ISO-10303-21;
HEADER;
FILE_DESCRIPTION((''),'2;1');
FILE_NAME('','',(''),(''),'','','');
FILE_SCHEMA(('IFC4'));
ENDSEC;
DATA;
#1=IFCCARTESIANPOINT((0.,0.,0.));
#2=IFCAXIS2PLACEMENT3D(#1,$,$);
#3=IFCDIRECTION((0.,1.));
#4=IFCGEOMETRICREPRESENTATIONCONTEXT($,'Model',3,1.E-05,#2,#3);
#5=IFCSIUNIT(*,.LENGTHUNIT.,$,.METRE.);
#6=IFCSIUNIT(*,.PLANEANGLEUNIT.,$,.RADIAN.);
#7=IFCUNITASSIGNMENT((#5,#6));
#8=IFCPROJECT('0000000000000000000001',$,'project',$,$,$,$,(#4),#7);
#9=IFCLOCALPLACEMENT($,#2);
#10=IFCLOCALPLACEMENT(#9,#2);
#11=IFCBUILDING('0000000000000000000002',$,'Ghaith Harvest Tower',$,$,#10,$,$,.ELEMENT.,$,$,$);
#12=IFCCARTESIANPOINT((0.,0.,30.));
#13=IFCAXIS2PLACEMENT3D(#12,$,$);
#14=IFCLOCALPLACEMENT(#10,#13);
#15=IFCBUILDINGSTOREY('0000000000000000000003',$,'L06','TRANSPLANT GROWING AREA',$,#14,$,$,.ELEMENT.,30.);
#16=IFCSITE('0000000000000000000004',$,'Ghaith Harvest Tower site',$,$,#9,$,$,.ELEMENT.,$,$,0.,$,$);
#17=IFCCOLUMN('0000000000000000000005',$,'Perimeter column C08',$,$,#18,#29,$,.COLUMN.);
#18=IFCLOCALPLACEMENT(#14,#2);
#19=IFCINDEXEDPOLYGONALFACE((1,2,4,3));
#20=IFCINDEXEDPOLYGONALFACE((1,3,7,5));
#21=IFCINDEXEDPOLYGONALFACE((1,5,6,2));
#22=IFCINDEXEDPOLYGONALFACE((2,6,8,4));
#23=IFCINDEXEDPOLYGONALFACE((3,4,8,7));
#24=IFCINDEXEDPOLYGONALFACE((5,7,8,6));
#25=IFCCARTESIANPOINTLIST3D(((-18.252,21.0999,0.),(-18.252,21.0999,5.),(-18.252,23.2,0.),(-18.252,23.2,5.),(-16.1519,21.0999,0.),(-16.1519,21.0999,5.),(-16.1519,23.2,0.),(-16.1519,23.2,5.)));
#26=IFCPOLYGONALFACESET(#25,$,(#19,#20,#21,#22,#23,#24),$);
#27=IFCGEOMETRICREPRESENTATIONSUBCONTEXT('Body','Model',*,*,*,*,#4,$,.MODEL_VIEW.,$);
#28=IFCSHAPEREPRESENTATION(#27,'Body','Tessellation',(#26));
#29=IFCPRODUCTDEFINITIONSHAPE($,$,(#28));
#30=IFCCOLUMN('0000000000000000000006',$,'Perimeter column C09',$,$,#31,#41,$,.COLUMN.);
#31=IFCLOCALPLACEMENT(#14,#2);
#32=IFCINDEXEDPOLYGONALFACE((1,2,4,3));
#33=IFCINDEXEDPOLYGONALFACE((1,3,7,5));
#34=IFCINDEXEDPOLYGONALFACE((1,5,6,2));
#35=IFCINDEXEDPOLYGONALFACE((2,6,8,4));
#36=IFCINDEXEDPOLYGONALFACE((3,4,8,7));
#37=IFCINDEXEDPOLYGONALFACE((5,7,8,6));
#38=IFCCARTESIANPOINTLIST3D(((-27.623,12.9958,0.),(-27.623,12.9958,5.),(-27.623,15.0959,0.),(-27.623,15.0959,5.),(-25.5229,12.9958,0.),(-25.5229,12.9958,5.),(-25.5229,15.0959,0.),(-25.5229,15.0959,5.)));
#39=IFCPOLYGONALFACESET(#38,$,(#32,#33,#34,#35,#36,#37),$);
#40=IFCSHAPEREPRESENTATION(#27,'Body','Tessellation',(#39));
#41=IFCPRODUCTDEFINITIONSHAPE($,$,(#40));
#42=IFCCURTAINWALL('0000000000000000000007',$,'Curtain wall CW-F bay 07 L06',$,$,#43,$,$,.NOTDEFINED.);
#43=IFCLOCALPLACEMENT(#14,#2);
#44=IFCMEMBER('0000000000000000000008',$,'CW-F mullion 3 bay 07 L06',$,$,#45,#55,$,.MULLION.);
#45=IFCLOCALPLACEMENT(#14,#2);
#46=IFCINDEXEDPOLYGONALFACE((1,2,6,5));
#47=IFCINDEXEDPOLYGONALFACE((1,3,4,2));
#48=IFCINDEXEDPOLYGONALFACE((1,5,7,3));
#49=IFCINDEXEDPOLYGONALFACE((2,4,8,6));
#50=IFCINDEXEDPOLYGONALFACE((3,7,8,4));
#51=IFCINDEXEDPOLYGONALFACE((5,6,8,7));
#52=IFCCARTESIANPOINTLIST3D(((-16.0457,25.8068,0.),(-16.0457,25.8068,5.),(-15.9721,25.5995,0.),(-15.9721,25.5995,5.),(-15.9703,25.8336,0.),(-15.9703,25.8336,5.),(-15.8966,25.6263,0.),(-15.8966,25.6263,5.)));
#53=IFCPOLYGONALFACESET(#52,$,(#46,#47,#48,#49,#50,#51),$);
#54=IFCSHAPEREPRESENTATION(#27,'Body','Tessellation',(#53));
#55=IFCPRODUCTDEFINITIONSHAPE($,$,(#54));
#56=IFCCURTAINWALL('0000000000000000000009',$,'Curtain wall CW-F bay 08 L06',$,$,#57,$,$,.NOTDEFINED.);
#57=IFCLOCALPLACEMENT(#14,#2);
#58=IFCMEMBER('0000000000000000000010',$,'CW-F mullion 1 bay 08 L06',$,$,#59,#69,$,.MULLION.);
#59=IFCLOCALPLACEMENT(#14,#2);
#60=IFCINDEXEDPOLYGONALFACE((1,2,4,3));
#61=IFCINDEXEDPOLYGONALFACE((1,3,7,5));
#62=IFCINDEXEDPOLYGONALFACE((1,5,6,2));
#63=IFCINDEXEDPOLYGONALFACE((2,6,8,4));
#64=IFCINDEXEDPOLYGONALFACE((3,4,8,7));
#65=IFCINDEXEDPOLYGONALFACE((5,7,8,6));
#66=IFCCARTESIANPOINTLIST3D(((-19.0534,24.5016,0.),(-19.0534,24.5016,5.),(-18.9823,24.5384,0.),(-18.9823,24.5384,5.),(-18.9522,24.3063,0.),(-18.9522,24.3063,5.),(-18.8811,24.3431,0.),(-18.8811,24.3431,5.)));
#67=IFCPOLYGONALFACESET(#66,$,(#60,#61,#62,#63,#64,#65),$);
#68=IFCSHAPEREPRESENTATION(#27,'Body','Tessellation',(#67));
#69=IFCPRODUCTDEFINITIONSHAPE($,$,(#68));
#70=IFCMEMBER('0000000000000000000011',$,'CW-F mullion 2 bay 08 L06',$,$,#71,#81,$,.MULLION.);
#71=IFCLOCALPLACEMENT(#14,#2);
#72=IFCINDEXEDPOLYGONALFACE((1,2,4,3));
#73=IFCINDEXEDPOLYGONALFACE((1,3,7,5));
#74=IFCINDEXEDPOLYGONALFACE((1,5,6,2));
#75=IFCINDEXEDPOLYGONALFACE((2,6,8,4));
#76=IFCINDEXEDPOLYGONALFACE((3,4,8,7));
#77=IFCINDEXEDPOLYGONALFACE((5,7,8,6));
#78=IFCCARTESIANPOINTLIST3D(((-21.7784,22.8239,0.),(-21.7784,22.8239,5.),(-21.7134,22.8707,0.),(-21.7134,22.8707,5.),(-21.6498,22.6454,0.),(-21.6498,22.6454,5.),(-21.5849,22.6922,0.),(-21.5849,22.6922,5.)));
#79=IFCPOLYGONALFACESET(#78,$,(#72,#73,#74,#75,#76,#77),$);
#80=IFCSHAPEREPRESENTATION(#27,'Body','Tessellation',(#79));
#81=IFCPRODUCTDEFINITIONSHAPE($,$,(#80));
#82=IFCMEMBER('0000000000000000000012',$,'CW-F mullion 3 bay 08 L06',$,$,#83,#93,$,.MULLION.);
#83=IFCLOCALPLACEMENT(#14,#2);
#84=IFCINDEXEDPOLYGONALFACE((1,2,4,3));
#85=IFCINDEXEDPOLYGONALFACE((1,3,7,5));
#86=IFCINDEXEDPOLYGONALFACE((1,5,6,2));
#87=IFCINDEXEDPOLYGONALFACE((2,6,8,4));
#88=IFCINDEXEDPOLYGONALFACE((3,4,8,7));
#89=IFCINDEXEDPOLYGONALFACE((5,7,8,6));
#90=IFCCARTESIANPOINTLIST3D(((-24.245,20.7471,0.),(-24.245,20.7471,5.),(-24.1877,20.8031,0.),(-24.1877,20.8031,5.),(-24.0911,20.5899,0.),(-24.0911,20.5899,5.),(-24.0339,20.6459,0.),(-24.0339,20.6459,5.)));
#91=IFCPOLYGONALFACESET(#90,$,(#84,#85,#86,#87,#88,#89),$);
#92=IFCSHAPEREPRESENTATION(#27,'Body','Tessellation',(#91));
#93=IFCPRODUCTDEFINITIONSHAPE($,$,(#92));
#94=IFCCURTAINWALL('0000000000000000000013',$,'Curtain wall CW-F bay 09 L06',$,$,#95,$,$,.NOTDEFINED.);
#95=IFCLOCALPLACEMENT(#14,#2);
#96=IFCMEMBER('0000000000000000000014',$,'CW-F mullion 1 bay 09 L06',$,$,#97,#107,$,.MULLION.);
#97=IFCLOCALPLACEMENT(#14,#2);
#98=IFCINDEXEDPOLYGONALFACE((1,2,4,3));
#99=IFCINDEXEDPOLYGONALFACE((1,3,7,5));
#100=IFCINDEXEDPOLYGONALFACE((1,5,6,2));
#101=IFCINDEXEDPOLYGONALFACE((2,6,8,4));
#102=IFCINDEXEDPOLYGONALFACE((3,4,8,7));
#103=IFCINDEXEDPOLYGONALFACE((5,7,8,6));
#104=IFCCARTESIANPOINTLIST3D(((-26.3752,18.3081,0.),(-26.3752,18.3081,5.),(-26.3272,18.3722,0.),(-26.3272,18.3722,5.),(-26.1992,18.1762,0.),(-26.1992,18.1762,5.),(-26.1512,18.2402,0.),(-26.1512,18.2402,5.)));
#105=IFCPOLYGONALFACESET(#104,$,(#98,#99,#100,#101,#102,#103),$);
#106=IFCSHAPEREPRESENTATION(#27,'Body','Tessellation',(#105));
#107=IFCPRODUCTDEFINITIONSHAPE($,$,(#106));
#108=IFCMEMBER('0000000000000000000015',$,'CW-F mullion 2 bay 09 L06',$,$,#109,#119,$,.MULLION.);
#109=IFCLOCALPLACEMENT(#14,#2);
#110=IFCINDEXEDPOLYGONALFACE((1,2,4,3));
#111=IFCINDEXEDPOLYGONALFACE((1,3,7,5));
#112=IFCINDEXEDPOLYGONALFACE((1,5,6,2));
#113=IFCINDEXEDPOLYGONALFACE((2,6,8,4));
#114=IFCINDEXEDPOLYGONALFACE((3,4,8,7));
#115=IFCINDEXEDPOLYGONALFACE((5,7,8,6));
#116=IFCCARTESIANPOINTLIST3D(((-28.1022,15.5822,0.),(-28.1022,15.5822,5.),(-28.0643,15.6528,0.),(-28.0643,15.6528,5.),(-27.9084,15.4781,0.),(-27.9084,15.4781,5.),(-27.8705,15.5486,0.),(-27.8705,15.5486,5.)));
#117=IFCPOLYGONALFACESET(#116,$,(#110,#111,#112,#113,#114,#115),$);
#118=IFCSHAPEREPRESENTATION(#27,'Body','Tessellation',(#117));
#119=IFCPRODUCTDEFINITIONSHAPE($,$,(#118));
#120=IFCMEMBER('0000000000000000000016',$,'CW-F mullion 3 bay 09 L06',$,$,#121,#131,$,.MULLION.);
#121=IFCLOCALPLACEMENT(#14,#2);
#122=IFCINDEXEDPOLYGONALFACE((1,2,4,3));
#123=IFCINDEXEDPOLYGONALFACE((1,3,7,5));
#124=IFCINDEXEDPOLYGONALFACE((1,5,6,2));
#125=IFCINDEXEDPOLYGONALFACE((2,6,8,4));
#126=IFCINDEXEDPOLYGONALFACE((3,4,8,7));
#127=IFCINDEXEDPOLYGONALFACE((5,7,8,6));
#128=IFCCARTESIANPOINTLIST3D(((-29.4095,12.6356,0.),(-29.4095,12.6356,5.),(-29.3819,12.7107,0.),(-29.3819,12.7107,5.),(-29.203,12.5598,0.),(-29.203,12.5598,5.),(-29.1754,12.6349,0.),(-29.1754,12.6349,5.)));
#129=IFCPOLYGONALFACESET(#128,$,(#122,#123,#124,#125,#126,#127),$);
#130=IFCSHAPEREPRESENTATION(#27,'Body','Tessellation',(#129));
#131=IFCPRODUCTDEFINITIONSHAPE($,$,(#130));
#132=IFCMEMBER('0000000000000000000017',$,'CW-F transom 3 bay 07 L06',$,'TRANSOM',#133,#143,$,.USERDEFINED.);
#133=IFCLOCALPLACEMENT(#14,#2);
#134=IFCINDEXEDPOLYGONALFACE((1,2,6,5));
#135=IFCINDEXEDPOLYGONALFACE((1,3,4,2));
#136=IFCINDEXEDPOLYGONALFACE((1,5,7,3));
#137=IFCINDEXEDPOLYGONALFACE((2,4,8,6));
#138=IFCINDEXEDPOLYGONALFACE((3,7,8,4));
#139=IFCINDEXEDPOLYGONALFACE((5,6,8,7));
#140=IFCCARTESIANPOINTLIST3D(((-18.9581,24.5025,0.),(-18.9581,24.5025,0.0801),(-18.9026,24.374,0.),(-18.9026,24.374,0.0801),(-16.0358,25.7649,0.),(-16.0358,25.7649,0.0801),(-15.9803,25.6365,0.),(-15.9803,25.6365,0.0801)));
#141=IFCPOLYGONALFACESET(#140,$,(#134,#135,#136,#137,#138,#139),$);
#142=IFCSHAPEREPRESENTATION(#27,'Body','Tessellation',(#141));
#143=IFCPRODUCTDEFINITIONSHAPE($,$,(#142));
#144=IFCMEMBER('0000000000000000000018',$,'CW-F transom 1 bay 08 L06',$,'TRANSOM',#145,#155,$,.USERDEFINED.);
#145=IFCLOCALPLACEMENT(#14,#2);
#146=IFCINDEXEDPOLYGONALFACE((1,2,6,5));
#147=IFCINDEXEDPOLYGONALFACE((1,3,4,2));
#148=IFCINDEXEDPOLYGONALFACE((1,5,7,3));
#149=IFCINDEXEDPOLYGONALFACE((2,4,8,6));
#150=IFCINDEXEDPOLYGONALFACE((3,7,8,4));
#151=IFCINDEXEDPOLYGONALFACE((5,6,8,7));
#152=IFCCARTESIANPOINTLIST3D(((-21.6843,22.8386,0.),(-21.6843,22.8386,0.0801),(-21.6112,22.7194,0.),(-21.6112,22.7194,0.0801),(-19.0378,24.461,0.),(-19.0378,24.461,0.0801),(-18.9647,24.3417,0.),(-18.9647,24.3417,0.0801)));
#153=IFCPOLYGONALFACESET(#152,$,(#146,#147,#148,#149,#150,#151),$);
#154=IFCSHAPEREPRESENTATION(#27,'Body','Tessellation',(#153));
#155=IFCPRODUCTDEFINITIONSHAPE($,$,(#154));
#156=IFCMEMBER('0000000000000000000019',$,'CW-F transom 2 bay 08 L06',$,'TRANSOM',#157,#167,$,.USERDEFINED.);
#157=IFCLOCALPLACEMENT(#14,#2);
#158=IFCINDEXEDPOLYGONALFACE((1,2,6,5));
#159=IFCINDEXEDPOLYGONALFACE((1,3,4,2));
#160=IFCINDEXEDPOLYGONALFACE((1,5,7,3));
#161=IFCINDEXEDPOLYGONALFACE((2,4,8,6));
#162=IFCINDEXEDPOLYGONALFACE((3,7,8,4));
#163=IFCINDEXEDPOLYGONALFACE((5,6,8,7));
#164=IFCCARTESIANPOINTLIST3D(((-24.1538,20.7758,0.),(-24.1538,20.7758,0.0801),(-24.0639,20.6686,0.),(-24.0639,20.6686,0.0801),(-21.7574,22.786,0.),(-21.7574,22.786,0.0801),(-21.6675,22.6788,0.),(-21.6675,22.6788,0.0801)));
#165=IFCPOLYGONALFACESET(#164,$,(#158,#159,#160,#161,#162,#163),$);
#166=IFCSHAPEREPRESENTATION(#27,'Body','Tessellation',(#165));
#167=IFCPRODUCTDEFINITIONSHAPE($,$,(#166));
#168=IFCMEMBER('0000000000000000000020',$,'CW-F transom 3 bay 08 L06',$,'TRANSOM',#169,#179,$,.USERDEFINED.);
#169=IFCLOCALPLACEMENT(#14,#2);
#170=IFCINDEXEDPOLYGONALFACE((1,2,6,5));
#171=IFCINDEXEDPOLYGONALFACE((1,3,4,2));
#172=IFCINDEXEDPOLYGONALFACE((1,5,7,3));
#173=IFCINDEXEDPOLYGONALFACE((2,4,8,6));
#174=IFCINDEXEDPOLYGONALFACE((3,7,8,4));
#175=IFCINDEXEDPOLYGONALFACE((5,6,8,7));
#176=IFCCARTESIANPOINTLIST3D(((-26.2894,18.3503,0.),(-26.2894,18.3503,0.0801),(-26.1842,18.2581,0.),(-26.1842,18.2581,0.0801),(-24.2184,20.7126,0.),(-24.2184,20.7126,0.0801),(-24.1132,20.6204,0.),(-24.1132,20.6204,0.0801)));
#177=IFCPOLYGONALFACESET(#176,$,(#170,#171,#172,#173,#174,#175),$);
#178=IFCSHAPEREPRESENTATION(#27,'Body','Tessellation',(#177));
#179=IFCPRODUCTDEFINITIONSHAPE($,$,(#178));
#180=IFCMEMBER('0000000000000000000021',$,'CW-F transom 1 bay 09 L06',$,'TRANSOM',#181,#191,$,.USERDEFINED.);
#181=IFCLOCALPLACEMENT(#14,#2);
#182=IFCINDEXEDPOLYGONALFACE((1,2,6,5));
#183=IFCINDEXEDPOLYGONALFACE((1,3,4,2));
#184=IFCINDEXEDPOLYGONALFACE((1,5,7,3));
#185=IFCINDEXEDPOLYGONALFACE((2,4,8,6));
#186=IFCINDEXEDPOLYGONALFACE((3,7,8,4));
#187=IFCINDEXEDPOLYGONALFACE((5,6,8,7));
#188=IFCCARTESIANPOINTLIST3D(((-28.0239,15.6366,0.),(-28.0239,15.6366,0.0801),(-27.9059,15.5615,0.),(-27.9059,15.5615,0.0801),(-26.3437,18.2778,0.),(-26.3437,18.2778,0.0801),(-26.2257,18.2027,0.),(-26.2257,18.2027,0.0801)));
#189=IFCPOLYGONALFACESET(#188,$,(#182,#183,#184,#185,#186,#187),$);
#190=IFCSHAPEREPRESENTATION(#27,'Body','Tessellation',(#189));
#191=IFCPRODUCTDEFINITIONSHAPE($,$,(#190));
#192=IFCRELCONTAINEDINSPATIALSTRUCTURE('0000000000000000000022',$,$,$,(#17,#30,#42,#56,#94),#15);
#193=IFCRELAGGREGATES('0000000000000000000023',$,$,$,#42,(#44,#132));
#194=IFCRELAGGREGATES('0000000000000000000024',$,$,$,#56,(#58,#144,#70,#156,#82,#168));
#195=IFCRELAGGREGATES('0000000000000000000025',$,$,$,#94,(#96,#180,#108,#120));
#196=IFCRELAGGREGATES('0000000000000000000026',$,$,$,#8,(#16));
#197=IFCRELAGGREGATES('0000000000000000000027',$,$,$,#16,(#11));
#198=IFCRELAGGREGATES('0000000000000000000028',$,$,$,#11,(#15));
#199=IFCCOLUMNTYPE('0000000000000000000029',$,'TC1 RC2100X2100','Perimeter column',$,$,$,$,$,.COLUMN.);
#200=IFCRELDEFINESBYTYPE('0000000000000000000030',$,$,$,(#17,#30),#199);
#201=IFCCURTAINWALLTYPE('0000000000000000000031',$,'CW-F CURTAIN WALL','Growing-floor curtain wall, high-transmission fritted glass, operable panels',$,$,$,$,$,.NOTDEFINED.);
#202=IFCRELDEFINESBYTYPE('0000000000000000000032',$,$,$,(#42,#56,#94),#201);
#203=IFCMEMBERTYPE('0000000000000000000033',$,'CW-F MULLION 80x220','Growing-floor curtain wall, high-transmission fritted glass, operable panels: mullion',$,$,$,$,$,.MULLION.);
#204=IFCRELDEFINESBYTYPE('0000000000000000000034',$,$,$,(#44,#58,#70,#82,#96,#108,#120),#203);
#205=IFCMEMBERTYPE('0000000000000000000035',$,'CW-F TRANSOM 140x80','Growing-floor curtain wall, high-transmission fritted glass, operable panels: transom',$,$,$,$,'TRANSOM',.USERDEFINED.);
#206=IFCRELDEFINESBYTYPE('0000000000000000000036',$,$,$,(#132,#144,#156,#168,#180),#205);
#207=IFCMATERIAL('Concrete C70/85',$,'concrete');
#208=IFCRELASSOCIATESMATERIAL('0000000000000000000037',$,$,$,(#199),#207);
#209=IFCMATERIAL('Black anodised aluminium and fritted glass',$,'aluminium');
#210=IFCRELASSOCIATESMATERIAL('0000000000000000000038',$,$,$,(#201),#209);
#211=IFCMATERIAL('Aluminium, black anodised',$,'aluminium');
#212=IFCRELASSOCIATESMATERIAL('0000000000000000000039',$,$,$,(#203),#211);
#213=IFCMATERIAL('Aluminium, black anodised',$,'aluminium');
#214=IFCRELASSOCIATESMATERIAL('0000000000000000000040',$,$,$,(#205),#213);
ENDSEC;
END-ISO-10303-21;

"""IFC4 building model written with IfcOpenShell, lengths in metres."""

from ifc_helpers import new_model, si_unit, direction, frame, origin, origin_2d, place, context, subcontext, project, spatial, rectangle, extrude, material, material_profile, profile_set, type_object, element, aggregate, save


model = new_model("IFC4")

# Units and contexts
model_context = context("Model", 3, precision=1e-05, world=origin(), true_north=direction((0.0, 1.0)))
body_context = subcontext(model_context, "Body", "Model", "MODEL_VIEW")
ifc_project = project(units=[si_unit("LENGTHUNIT", "METRE"), si_unit("PLANEANGLEUNIT", "RADIAN")], contexts=[model_context])

# Site, building, storey
site_placement = place(None, origin())
site = spatial("IfcSite", under=ifc_project, at=site_placement, Name="Ghaith Harvest Tower site", CompositionType="ELEMENT", RefElevation=0.0)
building_placement = place(site_placement, origin())
building = spatial("IfcBuilding", under=site, at=building_placement, Name="Ghaith Harvest Tower", CompositionType="ELEMENT")
storey_placement = place(building_placement, frame((0.0, 0.0, 30.0)))
storey = spatial("IfcBuildingStorey", under=building, at=storey_placement, Name="L06", Description="TRANSPLANT GROWING AREA", CompositionType="ELEMENT", Elevation=30.0)

# Columns
ifc_material_1 = material(Name="Concrete C70/85", Category="concrete")
ifc_material_profile_1 = material_profile(ifc_material_1, rectangle(XDim=2.1001, YDim=2.1001, at=origin_2d()), Name="RC2100X2100")
ifc_profile_set_1 = profile_set([ifc_material_profile_1], Name="Concrete C70/85")
column_type = type_object("IfcColumnType", Name="TC1 RC2100X2100", Description="Perimeter column", PredefinedType="COLUMN", material=ifc_profile_set_1)
for number, where, z_axis, x_axis, name in (
    (1, (-17.2019, 22.1499, 0.0), (0.0, 0.0, 1.0), (1.0, 0.0, 0.0), "Perimeter column C08"),
    (2, (-26.573, 14.0459, 0.0), (0.0, 0.0, 1.0), (1.0, 0.0, 0.0), "Perimeter column C09"),
):
    element("IfcColumn", number, at=place(storey_placement, frame(where, z_axis=z_axis, x_axis=x_axis)), inside=storey, type_object=column_type, Name=name, PredefinedType="COLUMN", context=body_context, shape_type="SweptSolid", body=[
        extrude(rectangle(XDim=2.1001, YDim=2.1001, at=origin_2d()), origin(), (0.0, 0.0, 1.0), 5.0),
    ])

# Curtain wall, member
ifc_material_2 = material(Name="Black anodised aluminium and fritted glass", Category="aluminium")
curtain_wall_type = type_object("IfcCurtainWallType", Name="CW-F CURTAIN WALL", Description="Growing-floor curtain wall, high-transmission fritted glass, operable panels", PredefinedType="NOTDEFINED", material=ifc_material_2)
curtain_wall_1_placement = place(storey_placement, origin())
curtain_wall_1 = element("IfcCurtainWall", 3, at=curtain_wall_1_placement, inside=storey, type_object=curtain_wall_type, Name="Curtain wall CW-F bay 07 L06", PredefinedType="NOTDEFINED")
ifc_material_3 = material(Name="Aluminium, black anodised", Category="aluminium")
ifc_material_profile_2 = material_profile(ifc_material_3, rectangle(XDim=0.0801, YDim=0.22, at=origin_2d()), Name="CW-F MULLION 80x220")
ifc_profile_set_2 = profile_set([ifc_material_profile_2], Name="Aluminium, black anodised")
member_type_1 = type_object("IfcMemberType", Name="CW-F MULLION 80x220", Description="Growing-floor curtain wall, high-transmission fritted glass, operable panels: mullion", PredefinedType="MULLION", material=ifc_profile_set_2)
member_1_placement = place(storey_placement, frame((-15.9712, 25.7166, 0.0), z_axis=(0.0, 0.0, 1.0), x_axis=(-0.942294, -0.334788, 0.0)))
member_1 = element("IfcMember", 4, at=member_1_placement, type_object=member_type_1, Name="CW-F mullion 3 bay 07 L06", PredefinedType="MULLION", context=body_context, shape_type="SweptSolid", body=[
    extrude(rectangle(XDim=0.0801, YDim=0.22, at=origin_2d()), origin(), (0.0, 0.0, 1.0), 5.0),
])

# Curtain walls, members
curtain_wall_2_placement = place(storey_placement, origin())
curtain_wall_2 = element("IfcCurtainWall", 5, at=curtain_wall_2_placement, inside=storey, type_object=curtain_wall_type, Name="Curtain wall CW-F bay 08 L06", PredefinedType="NOTDEFINED")
member_2_placement = place(storey_placement, frame((-18.9673, 24.4224, 0.0), z_axis=(0.0, 0.0, 1.0), x_axis=(-0.887912, -0.460013, 0.0)))
member_2 = element("IfcMember", 6, at=member_2_placement, type_object=member_type_1, Name="CW-F mullion 1 bay 08 L06", PredefinedType="MULLION", context=body_context, shape_type="SweptSolid", body=[
    extrude(rectangle(XDim=0.0801, YDim=0.22, at=origin_2d()), origin(), (0.0, 0.0, 1.0), 5.0),
])
member_3_placement = place(storey_placement, frame((-21.6816, 22.7581, 0.0), z_axis=(0.0, 0.0, 1.0), x_axis=(-0.811401, -0.58449, 0.0)))
member_3 = element("IfcMember", 7, at=member_3_placement, type_object=member_type_1, Name="CW-F mullion 2 bay 08 L06", PredefinedType="MULLION", context=body_context, shape_type="SweptSolid", body=[
    extrude(rectangle(XDim=0.0801, YDim=0.22, at=origin_2d()), origin(), (0.0, 0.0, 1.0), 5.0),
])
member_4_placement = place(storey_placement, frame((-24.1394, 20.6965, 0.0), z_axis=(0.0, 0.0, 1.0), x_axis=(-0.714663, -0.699469, 0.0)))
member_4 = element("IfcMember", 8, at=member_4_placement, type_object=member_type_1, Name="CW-F mullion 3 bay 08 L06", PredefinedType="MULLION", context=body_context, shape_type="SweptSolid", body=[
    extrude(rectangle(XDim=0.0801, YDim=0.22, at=origin_2d()), origin(), (0.0, 0.0, 1.0), 5.0),
])
curtain_wall_3_placement = place(storey_placement, origin())
curtain_wall_3 = element("IfcCurtainWall", 9, at=curtain_wall_3_placement, inside=storey, type_object=curtain_wall_type, Name="Curtain wall CW-F bay 09 L06", PredefinedType="NOTDEFINED")
member_5_placement = place(storey_placement, frame((-26.2632, 18.2742, 0.0), z_axis=(0.0, 0.0, 1.0), x_axis=(-0.599862, -0.800104, 0.0)))
member_5 = element("IfcMember", 10, at=member_5_placement, type_object=member_type_1, Name="CW-F mullion 1 bay 09 L06", PredefinedType="MULLION", context=body_context, shape_type="SweptSolid", body=[
    extrude(rectangle(XDim=0.0801, YDim=0.22, at=origin_2d()), origin(), (0.0, 0.0, 1.0), 5.0),
])
member_6_placement = place(storey_placement, frame((-27.9863, 15.5654, 0.0), z_axis=(0.0, 0.0, 1.0), x_axis=(-0.473265, -0.88092, 0.0)))
member_6 = element("IfcMember", 11, at=member_6_placement, type_object=member_type_1, Name="CW-F mullion 2 bay 09 L06", PredefinedType="MULLION", context=body_context, shape_type="SweptSolid", body=[
    extrude(rectangle(XDim=0.0801, YDim=0.22, at=origin_2d()), origin(), (0.0, 0.0, 1.0), 5.0),
])
member_7_placement = place(storey_placement, frame((-29.2925, 12.6353, 0.0), z_axis=(0.0, 0.0, 1.0), x_axis=(-0.344618, -0.938743, 0.0)))
member_7 = element("IfcMember", 12, at=member_7_placement, type_object=member_type_1, Name="CW-F mullion 3 bay 09 L06", PredefinedType="MULLION", context=body_context, shape_type="SweptSolid", body=[
    extrude(rectangle(XDim=0.0801, YDim=0.22, at=origin_2d()), origin(), (0.0, 0.0, 1.0), 5.0),
])

# Members
ifc_material_4 = material(Name="Aluminium, black anodised", Category="aluminium")
ifc_material_profile_3 = material_profile(ifc_material_4, rectangle(XDim=0.1399, YDim=0.0801, at=origin_2d()), Name="CW-F TRANSOM 140x80")
ifc_profile_set_3 = profile_set([ifc_material_profile_3], Name="Aluminium, black anodised")
member_type_2 = type_object("IfcMemberType", Name="CW-F TRANSOM 140x80", Description="Growing-floor curtain wall, high-transmission fritted glass, operable panels: transom", ElementType="TRANSOM", PredefinedType="USERDEFINED", material=ifc_profile_set_3)
member_8_placement = place(storey_placement, frame((-16.0081, 25.7007, 0.04), z_axis=(-0.918003, -0.396574, 0.0), x_axis=(0.396574, -0.918003, 0.0)))
member_8 = element("IfcMember", 13, at=member_8_placement, type_object=member_type_2, Name="CW-F transom 3 bay 07 L06", ObjectType="TRANSOM", PredefinedType="USERDEFINED", context=body_context, shape_type="SweptSolid", body=[
    extrude(rectangle(XDim=0.1399, YDim=0.0801, at=origin_2d()), origin(), (0.0, 0.0, 1.0), 3.1833),
])
member_9_placement = place(storey_placement, frame((-19.0012, 24.4014, 0.04), z_axis=(-0.852562, -0.522627, 0.0), x_axis=(0.522627, -0.852562, 0.0)))
member_9 = element("IfcMember", 14, at=member_9_placement, type_object=member_type_2, Name="CW-F transom 1 bay 08 L06", ObjectType="TRANSOM", PredefinedType="USERDEFINED", context=body_context, shape_type="SweptSolid", body=[
    extrude(rectangle(XDim=0.1399, YDim=0.0801, at=origin_2d()), origin(), (0.0, 0.0, 1.0), 3.1042),
])
member_10_placement = place(storey_placement, frame((-21.7124, 22.7324, 0.04), z_axis=(-0.766144, -0.642668, 0.0), x_axis=(0.642668, -0.766144, 0.0)))
member_10 = element("IfcMember", 15, at=member_10_placement, type_object=member_type_2, Name="CW-F transom 2 bay 08 L06", ObjectType="TRANSOM", PredefinedType="USERDEFINED", context=body_context, shape_type="SweptSolid", body=[
    extrude(rectangle(XDim=0.1399, YDim=0.0801, at=origin_2d()), origin(), (0.0, 0.0, 1.0), 3.1279),
])
member_11_placement = place(storey_placement, frame((-24.1658, 20.6665, 0.04), z_axis=(-0.659231, -0.751941, 0.0), x_axis=(0.751941, -0.659231, 0.0)))
member_11 = element("IfcMember", 16, at=member_11_placement, type_object=member_type_2, Name="CW-F transom 3 bay 08 L06", ObjectType="TRANSOM", PredefinedType="USERDEFINED", context=body_context, shape_type="SweptSolid", body=[
    extrude(rectangle(XDim=0.1399, YDim=0.0801, at=origin_2d()), origin(), (0.0, 0.0, 1.0), 3.1416),
])
member_12_placement = place(storey_placement, frame((-26.2847, 18.2402, 0.04), z_axis=(-0.536754, -0.843739, 0.0), x_axis=(0.843739, -0.536754, 0.0)))
member_12 = element("IfcMember", 17, at=member_12_placement, type_object=member_type_2, Name="CW-F transom 1 bay 09 L06", ObjectType="TRANSOM", PredefinedType="USERDEFINED", context=body_context, shape_type="SweptSolid", body=[
    extrude(rectangle(XDim=0.1399, YDim=0.0801, at=origin_2d()), origin(), (0.0, 0.0, 1.0), 3.1304),
])

aggregate(curtain_wall_1, [member_1, member_8])
aggregate(curtain_wall_2, [member_2, member_9, member_3, member_10, member_4, member_11])
aggregate(curtain_wall_3, [member_5, member_12, member_6, member_7])

save(model, "model.ifc")
